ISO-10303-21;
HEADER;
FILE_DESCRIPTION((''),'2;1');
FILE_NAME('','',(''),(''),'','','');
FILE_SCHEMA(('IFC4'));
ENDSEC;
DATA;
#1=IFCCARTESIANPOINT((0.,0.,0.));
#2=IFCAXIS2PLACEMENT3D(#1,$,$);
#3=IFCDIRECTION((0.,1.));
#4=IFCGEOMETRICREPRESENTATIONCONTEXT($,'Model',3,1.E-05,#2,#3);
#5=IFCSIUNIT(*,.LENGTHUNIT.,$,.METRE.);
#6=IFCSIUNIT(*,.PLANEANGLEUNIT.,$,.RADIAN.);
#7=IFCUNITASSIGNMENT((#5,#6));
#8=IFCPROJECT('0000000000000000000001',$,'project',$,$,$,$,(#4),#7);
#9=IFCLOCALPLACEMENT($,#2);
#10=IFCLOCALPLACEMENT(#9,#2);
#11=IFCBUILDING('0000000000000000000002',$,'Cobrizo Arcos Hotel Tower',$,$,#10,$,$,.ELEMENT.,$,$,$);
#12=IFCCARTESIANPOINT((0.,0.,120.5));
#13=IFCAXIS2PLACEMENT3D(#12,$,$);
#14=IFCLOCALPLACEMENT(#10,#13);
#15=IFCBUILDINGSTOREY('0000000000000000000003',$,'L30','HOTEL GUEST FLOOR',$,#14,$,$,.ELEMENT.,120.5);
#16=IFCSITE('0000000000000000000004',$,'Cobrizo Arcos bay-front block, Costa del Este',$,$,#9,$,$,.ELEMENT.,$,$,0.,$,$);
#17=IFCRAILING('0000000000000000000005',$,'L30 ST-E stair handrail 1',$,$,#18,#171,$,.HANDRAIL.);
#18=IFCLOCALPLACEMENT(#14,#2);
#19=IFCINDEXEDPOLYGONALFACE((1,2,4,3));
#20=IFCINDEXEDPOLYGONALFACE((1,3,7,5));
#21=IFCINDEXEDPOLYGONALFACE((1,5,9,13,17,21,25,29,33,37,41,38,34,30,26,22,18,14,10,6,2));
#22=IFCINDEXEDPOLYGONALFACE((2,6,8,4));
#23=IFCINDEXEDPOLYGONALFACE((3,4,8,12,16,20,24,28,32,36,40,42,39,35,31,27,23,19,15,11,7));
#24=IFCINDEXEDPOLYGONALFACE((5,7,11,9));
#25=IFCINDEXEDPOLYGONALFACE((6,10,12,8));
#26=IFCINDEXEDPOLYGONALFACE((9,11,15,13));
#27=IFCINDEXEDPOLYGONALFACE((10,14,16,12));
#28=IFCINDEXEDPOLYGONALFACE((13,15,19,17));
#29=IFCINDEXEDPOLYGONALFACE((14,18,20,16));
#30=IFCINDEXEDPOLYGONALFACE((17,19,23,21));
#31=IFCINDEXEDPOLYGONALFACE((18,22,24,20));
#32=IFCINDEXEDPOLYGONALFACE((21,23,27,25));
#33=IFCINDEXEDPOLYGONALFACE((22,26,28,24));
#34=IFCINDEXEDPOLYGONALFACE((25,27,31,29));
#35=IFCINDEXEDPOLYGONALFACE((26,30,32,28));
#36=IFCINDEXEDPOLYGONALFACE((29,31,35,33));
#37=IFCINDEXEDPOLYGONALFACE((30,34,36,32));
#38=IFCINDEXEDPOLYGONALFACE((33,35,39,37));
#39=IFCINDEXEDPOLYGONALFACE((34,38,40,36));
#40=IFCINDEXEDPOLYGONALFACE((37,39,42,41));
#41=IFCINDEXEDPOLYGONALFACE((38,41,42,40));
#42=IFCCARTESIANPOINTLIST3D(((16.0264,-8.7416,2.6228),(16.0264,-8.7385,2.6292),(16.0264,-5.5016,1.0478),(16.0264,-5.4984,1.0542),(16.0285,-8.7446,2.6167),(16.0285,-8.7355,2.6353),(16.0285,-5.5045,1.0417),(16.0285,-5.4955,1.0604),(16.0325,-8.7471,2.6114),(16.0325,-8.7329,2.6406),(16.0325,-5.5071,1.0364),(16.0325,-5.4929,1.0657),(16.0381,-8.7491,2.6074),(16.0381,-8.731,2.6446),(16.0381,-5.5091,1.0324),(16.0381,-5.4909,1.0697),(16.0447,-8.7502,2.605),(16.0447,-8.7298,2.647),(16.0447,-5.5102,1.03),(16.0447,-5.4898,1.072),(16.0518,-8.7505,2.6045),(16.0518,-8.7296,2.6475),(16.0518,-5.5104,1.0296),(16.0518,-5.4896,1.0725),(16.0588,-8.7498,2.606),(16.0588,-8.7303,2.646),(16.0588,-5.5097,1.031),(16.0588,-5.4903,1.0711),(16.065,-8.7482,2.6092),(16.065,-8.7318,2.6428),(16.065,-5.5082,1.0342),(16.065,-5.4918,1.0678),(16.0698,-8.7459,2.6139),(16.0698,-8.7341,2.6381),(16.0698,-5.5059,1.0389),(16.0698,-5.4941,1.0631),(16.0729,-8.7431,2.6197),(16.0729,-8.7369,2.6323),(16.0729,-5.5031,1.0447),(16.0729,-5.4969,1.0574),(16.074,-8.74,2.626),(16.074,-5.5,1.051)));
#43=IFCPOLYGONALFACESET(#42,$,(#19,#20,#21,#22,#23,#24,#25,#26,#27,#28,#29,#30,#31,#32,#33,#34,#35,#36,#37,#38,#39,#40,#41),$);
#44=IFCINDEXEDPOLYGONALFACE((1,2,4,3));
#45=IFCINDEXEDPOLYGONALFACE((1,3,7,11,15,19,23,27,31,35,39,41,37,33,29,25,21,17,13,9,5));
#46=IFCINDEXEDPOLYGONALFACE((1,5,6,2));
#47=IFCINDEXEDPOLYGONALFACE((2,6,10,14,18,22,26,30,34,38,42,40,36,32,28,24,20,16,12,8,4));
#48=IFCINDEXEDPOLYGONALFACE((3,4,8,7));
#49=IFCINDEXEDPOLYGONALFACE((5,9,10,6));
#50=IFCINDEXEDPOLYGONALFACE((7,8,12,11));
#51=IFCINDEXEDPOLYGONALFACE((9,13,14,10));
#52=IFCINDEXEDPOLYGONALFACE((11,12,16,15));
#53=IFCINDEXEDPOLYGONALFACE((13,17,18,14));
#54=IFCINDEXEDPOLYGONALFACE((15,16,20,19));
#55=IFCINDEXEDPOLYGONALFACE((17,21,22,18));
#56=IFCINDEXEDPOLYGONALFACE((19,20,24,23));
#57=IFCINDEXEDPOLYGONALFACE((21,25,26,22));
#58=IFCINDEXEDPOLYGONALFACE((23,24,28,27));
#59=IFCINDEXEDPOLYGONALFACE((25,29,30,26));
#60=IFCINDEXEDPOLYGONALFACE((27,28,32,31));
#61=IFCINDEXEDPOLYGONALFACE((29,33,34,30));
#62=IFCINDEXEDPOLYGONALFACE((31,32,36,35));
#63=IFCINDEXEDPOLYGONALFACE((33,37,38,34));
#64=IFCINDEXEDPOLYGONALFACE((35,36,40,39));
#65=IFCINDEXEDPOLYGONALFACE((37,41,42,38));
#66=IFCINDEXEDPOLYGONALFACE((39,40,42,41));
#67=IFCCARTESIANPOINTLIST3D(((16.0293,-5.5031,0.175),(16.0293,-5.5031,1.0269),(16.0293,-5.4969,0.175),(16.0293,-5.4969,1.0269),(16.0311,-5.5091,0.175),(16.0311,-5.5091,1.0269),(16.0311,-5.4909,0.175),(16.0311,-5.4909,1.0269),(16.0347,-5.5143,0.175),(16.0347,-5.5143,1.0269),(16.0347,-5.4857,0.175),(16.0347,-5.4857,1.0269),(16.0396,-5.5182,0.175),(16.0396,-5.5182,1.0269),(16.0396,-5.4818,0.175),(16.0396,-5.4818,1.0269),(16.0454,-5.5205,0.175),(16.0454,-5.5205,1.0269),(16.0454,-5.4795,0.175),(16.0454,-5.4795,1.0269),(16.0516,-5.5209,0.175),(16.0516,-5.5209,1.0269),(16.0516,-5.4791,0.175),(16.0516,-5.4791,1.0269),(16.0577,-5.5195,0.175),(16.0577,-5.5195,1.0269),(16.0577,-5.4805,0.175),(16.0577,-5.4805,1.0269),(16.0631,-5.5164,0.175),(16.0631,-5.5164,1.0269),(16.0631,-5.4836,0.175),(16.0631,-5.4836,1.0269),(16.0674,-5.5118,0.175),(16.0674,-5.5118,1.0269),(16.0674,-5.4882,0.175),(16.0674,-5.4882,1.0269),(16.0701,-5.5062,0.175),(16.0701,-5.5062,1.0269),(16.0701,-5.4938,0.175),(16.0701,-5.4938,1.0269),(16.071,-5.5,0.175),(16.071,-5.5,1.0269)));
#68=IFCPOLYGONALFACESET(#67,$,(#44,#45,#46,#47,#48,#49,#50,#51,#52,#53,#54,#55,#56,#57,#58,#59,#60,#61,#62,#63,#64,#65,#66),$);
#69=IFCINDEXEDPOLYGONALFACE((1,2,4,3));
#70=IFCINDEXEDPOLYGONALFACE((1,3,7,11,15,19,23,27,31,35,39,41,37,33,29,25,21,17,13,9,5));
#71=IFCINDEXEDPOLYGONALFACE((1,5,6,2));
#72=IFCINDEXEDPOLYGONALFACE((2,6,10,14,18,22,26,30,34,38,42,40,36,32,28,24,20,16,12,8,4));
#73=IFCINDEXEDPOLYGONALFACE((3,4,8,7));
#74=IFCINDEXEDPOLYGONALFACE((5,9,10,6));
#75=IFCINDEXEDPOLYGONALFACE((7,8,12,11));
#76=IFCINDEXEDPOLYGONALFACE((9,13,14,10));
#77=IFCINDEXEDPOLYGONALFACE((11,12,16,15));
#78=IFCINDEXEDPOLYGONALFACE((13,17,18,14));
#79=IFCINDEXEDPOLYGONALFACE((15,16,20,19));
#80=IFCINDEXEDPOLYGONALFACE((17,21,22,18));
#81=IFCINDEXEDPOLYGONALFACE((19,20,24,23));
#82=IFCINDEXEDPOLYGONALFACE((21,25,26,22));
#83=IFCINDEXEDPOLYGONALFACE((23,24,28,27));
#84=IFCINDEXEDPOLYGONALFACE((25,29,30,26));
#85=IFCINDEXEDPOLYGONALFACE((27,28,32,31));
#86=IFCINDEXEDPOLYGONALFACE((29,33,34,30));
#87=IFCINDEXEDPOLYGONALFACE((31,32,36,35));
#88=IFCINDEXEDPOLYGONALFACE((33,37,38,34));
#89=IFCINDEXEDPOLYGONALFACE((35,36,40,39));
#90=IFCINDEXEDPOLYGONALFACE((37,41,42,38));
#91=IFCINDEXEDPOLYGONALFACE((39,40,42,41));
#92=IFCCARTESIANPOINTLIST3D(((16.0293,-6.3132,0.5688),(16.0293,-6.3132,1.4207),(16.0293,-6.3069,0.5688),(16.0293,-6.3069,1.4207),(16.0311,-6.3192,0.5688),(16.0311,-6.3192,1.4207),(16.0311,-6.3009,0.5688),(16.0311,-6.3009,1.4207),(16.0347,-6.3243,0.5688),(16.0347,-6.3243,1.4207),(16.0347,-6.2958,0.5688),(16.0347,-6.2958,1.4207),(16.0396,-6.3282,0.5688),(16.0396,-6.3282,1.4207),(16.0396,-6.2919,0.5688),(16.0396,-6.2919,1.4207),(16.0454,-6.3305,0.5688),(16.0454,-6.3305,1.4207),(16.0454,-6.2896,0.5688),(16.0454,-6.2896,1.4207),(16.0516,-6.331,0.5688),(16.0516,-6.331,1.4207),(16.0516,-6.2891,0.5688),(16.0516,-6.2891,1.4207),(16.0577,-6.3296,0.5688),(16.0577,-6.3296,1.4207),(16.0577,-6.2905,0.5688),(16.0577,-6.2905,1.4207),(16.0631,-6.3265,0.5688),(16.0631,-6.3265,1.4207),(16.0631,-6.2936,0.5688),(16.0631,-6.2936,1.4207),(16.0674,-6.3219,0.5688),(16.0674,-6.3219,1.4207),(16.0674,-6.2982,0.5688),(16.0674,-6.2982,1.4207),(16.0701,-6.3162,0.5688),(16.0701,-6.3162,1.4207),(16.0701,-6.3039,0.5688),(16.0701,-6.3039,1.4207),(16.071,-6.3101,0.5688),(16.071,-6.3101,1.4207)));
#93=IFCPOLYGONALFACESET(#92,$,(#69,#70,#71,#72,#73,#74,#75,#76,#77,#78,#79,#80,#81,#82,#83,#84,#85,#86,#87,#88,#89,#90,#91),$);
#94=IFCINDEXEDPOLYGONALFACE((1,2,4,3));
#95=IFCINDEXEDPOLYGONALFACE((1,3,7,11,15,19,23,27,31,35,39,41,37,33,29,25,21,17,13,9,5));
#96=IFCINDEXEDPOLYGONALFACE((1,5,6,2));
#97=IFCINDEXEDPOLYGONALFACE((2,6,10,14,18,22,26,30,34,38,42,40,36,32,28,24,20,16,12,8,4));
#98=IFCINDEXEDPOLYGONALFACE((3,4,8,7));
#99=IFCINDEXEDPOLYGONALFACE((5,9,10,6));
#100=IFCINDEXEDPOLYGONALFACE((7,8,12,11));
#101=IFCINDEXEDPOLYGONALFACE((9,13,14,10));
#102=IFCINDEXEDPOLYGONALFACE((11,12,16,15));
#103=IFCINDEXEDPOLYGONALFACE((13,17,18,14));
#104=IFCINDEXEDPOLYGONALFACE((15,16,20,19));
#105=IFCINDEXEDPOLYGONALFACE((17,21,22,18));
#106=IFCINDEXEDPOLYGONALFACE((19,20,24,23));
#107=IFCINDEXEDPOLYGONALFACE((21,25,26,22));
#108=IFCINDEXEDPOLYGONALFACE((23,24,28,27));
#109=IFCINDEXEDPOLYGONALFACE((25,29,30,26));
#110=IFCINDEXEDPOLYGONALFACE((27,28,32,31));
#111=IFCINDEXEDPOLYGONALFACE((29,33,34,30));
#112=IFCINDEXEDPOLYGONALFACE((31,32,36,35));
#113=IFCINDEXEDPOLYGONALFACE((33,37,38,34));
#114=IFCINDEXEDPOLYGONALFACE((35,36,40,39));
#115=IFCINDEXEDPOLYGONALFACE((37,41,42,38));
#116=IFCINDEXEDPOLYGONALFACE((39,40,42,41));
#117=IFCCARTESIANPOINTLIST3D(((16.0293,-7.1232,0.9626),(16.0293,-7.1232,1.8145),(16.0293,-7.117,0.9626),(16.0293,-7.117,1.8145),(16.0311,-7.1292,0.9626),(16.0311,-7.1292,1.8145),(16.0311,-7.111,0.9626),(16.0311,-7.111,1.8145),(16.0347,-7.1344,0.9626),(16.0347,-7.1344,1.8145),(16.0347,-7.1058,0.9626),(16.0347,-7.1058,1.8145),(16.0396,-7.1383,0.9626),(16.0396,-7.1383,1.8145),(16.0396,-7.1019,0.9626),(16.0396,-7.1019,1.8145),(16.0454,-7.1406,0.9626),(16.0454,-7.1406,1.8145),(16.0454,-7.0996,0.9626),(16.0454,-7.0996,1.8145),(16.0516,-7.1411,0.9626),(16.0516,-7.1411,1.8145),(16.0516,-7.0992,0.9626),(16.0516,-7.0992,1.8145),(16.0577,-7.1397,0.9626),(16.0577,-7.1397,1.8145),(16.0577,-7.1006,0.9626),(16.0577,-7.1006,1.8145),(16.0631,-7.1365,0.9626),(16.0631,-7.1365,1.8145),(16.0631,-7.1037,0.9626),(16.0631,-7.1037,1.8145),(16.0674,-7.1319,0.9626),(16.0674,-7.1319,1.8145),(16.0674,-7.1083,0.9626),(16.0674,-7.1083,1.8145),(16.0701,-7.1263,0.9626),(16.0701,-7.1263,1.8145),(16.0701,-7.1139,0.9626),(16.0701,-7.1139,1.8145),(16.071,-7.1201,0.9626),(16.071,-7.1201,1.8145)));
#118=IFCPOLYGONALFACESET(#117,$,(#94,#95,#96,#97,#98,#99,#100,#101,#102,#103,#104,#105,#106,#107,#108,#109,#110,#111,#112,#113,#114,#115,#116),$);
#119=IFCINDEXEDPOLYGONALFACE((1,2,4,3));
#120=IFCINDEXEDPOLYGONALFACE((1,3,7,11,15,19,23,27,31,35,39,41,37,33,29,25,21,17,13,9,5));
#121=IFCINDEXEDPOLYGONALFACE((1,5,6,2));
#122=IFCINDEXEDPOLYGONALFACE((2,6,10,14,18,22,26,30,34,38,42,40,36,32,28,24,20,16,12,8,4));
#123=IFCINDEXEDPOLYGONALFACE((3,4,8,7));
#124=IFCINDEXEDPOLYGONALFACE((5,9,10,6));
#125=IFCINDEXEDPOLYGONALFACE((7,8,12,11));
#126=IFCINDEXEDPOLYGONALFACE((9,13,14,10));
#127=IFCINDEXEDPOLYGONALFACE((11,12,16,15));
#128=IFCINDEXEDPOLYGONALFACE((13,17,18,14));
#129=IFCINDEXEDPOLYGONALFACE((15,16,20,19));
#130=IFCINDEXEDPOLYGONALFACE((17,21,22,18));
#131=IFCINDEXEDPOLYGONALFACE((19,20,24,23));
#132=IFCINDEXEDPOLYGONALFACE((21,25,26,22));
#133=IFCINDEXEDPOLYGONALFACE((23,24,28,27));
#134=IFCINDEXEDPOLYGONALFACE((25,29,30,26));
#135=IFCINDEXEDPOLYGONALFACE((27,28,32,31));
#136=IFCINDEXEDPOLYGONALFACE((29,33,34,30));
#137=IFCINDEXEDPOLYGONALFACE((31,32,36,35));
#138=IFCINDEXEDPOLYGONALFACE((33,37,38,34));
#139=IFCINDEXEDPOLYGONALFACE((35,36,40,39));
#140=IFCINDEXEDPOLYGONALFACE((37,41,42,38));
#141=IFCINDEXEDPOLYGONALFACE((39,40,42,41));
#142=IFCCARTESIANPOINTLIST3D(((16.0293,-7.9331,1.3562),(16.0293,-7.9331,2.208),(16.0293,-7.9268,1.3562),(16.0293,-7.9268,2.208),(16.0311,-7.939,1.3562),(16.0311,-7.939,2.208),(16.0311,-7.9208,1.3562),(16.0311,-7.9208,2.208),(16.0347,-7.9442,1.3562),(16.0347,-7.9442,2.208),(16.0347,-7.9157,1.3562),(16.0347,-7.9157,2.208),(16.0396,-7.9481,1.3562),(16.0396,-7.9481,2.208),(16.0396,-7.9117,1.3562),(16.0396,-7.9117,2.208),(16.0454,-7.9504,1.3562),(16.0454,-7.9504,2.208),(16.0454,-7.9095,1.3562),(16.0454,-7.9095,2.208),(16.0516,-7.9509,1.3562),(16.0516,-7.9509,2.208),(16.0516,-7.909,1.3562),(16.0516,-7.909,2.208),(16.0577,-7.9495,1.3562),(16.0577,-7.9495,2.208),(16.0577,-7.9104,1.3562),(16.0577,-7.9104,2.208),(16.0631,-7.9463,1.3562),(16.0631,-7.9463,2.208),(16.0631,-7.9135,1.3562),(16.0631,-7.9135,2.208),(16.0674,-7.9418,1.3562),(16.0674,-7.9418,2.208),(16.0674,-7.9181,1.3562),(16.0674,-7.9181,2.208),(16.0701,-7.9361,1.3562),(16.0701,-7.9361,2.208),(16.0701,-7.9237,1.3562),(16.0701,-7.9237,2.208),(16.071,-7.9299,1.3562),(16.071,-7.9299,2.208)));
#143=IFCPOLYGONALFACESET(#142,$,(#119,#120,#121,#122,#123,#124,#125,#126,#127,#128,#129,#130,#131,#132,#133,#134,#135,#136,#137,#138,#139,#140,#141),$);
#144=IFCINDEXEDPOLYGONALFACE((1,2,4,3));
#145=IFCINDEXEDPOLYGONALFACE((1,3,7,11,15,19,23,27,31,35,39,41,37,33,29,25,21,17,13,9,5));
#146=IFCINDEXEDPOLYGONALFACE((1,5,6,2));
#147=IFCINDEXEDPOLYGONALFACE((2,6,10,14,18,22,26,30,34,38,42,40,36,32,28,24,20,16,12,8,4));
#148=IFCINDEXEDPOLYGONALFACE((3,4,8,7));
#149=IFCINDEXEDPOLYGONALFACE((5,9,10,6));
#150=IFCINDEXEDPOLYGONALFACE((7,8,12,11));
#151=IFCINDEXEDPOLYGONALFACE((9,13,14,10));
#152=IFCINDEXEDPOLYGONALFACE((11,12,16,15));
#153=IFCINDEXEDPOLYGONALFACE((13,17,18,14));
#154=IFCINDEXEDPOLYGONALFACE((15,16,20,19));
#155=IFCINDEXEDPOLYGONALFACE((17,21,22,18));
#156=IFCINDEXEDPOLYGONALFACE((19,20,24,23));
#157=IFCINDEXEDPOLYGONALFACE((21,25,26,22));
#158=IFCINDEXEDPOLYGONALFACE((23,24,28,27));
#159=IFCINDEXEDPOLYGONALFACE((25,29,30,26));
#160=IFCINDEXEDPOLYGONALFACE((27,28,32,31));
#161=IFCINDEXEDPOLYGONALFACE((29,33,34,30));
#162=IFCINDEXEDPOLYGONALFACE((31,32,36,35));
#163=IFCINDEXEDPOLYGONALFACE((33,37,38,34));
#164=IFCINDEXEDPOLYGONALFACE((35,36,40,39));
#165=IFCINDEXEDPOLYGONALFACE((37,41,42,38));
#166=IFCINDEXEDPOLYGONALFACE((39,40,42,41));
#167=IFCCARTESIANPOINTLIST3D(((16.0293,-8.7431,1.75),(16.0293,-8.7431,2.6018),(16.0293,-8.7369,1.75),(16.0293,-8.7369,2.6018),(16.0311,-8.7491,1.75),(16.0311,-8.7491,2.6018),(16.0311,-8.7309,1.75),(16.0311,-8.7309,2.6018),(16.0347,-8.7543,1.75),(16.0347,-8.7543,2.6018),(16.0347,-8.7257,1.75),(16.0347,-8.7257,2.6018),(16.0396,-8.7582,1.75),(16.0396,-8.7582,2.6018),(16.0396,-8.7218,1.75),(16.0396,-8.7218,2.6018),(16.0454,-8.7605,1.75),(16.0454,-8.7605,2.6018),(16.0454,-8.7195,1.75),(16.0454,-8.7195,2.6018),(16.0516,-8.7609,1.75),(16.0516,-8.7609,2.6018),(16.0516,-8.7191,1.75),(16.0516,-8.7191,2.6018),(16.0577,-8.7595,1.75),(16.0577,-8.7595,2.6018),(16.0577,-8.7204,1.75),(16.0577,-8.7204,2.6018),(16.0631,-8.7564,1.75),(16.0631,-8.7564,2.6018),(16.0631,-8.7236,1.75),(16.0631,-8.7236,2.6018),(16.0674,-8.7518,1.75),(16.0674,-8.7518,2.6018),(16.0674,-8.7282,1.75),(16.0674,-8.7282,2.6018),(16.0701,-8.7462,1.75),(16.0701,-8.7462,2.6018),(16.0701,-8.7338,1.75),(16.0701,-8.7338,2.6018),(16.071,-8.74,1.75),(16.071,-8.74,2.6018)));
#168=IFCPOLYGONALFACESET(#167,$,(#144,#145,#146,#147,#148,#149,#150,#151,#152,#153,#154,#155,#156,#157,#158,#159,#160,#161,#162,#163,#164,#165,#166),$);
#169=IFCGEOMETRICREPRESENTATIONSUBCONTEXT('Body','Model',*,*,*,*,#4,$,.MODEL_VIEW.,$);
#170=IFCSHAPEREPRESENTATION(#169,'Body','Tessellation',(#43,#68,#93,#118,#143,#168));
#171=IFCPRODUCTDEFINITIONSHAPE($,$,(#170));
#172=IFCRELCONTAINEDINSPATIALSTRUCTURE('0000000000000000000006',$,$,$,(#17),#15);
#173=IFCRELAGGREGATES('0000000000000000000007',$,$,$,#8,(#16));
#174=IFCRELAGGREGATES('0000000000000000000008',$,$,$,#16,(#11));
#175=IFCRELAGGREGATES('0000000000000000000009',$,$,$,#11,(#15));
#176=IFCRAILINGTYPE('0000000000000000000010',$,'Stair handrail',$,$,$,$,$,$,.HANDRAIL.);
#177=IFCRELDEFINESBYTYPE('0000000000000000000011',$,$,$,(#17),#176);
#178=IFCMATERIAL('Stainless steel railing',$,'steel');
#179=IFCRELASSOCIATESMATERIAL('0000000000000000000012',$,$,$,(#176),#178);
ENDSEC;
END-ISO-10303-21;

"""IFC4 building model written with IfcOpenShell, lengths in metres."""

from ifc_helpers import new_model, si_unit, direction, frame, origin, origin_2d, place, context, subcontext, project, spatial, circle, extrude, material, type_object, element, save


model = new_model("IFC4")

# Units and contexts
model_context = context("Model", 3, precision=1e-05, world=origin(), true_north=direction((0.0, 1.0)))
body_context = subcontext(model_context, "Body", "Model", "MODEL_VIEW")
ifc_project = project(units=[si_unit("LENGTHUNIT", "METRE"), si_unit("PLANEANGLEUNIT", "RADIAN")], contexts=[model_context])

# Site, building, storey
site_placement = place(None, origin())
site = spatial("IfcSite", under=ifc_project, at=site_placement, Name="Cobrizo Arcos bay-front block, Costa del Este", CompositionType="ELEMENT", RefElevation=0.0)
building_placement = place(site_placement, origin())
building = spatial("IfcBuilding", under=site, at=building_placement, Name="Cobrizo Arcos Hotel Tower", CompositionType="ELEMENT")
storey_placement = place(building_placement, frame((0.0, 0.0, 120.5)))
storey = spatial("IfcBuildingStorey", under=building, at=storey_placement, Name="L30", Description="HOTEL GUEST FLOOR", CompositionType="ELEMENT", Elevation=120.5)

# Railing
ifc_material_1 = material(Name="Stainless steel railing", Category="steel")
railing_type_1 = type_object("IfcRailingType", Name="Stair handrail", PredefinedType="HANDRAIL", material=ifc_material_1)
railing_1_placement = place(storey_placement, frame((16.05, -5.5, 0.175)))
element("IfcRailing", 1, at=railing_1_placement, inside=storey, type_object=railing_type_1, Name="L30 ST-E stair handrail 1", PredefinedType="HANDRAIL", context=body_context, shape_type="SweptSolid", body=[
    extrude(circle(Radius=0.0239, at=origin_2d()), frame((0.0, 0.0, 0.876), z_axis=(0.0, -0.899373, 0.437183), x_axis=(1.0, 0.0, 0.0)), (0.0, 0.0, 1.0), 3.6025),
    extrude(circle(Radius=0.021, at=origin_2d()), origin(), (0.0, 0.0, 1.0), 0.8518),
    extrude(circle(Radius=0.021, at=origin_2d()), frame((0.0, -0.8101, 0.3938)), (0.0, 0.0, 1.0), 0.8518),
    extrude(circle(Radius=0.021, at=origin_2d()), frame((0.0, -1.6201, 0.7876)), (0.0, 0.0, 1.0), 0.8518),
    extrude(circle(Radius=0.021, at=origin_2d()), frame((0.0, -2.4299, 1.1812)), (0.0, 0.0, 1.0), 0.8518),
    extrude(circle(Radius=0.021, at=origin_2d()), frame((0.0, -3.24, 1.575)), (0.0, 0.0, 1.0), 0.8518),
])

save(model, "model.ifc")
